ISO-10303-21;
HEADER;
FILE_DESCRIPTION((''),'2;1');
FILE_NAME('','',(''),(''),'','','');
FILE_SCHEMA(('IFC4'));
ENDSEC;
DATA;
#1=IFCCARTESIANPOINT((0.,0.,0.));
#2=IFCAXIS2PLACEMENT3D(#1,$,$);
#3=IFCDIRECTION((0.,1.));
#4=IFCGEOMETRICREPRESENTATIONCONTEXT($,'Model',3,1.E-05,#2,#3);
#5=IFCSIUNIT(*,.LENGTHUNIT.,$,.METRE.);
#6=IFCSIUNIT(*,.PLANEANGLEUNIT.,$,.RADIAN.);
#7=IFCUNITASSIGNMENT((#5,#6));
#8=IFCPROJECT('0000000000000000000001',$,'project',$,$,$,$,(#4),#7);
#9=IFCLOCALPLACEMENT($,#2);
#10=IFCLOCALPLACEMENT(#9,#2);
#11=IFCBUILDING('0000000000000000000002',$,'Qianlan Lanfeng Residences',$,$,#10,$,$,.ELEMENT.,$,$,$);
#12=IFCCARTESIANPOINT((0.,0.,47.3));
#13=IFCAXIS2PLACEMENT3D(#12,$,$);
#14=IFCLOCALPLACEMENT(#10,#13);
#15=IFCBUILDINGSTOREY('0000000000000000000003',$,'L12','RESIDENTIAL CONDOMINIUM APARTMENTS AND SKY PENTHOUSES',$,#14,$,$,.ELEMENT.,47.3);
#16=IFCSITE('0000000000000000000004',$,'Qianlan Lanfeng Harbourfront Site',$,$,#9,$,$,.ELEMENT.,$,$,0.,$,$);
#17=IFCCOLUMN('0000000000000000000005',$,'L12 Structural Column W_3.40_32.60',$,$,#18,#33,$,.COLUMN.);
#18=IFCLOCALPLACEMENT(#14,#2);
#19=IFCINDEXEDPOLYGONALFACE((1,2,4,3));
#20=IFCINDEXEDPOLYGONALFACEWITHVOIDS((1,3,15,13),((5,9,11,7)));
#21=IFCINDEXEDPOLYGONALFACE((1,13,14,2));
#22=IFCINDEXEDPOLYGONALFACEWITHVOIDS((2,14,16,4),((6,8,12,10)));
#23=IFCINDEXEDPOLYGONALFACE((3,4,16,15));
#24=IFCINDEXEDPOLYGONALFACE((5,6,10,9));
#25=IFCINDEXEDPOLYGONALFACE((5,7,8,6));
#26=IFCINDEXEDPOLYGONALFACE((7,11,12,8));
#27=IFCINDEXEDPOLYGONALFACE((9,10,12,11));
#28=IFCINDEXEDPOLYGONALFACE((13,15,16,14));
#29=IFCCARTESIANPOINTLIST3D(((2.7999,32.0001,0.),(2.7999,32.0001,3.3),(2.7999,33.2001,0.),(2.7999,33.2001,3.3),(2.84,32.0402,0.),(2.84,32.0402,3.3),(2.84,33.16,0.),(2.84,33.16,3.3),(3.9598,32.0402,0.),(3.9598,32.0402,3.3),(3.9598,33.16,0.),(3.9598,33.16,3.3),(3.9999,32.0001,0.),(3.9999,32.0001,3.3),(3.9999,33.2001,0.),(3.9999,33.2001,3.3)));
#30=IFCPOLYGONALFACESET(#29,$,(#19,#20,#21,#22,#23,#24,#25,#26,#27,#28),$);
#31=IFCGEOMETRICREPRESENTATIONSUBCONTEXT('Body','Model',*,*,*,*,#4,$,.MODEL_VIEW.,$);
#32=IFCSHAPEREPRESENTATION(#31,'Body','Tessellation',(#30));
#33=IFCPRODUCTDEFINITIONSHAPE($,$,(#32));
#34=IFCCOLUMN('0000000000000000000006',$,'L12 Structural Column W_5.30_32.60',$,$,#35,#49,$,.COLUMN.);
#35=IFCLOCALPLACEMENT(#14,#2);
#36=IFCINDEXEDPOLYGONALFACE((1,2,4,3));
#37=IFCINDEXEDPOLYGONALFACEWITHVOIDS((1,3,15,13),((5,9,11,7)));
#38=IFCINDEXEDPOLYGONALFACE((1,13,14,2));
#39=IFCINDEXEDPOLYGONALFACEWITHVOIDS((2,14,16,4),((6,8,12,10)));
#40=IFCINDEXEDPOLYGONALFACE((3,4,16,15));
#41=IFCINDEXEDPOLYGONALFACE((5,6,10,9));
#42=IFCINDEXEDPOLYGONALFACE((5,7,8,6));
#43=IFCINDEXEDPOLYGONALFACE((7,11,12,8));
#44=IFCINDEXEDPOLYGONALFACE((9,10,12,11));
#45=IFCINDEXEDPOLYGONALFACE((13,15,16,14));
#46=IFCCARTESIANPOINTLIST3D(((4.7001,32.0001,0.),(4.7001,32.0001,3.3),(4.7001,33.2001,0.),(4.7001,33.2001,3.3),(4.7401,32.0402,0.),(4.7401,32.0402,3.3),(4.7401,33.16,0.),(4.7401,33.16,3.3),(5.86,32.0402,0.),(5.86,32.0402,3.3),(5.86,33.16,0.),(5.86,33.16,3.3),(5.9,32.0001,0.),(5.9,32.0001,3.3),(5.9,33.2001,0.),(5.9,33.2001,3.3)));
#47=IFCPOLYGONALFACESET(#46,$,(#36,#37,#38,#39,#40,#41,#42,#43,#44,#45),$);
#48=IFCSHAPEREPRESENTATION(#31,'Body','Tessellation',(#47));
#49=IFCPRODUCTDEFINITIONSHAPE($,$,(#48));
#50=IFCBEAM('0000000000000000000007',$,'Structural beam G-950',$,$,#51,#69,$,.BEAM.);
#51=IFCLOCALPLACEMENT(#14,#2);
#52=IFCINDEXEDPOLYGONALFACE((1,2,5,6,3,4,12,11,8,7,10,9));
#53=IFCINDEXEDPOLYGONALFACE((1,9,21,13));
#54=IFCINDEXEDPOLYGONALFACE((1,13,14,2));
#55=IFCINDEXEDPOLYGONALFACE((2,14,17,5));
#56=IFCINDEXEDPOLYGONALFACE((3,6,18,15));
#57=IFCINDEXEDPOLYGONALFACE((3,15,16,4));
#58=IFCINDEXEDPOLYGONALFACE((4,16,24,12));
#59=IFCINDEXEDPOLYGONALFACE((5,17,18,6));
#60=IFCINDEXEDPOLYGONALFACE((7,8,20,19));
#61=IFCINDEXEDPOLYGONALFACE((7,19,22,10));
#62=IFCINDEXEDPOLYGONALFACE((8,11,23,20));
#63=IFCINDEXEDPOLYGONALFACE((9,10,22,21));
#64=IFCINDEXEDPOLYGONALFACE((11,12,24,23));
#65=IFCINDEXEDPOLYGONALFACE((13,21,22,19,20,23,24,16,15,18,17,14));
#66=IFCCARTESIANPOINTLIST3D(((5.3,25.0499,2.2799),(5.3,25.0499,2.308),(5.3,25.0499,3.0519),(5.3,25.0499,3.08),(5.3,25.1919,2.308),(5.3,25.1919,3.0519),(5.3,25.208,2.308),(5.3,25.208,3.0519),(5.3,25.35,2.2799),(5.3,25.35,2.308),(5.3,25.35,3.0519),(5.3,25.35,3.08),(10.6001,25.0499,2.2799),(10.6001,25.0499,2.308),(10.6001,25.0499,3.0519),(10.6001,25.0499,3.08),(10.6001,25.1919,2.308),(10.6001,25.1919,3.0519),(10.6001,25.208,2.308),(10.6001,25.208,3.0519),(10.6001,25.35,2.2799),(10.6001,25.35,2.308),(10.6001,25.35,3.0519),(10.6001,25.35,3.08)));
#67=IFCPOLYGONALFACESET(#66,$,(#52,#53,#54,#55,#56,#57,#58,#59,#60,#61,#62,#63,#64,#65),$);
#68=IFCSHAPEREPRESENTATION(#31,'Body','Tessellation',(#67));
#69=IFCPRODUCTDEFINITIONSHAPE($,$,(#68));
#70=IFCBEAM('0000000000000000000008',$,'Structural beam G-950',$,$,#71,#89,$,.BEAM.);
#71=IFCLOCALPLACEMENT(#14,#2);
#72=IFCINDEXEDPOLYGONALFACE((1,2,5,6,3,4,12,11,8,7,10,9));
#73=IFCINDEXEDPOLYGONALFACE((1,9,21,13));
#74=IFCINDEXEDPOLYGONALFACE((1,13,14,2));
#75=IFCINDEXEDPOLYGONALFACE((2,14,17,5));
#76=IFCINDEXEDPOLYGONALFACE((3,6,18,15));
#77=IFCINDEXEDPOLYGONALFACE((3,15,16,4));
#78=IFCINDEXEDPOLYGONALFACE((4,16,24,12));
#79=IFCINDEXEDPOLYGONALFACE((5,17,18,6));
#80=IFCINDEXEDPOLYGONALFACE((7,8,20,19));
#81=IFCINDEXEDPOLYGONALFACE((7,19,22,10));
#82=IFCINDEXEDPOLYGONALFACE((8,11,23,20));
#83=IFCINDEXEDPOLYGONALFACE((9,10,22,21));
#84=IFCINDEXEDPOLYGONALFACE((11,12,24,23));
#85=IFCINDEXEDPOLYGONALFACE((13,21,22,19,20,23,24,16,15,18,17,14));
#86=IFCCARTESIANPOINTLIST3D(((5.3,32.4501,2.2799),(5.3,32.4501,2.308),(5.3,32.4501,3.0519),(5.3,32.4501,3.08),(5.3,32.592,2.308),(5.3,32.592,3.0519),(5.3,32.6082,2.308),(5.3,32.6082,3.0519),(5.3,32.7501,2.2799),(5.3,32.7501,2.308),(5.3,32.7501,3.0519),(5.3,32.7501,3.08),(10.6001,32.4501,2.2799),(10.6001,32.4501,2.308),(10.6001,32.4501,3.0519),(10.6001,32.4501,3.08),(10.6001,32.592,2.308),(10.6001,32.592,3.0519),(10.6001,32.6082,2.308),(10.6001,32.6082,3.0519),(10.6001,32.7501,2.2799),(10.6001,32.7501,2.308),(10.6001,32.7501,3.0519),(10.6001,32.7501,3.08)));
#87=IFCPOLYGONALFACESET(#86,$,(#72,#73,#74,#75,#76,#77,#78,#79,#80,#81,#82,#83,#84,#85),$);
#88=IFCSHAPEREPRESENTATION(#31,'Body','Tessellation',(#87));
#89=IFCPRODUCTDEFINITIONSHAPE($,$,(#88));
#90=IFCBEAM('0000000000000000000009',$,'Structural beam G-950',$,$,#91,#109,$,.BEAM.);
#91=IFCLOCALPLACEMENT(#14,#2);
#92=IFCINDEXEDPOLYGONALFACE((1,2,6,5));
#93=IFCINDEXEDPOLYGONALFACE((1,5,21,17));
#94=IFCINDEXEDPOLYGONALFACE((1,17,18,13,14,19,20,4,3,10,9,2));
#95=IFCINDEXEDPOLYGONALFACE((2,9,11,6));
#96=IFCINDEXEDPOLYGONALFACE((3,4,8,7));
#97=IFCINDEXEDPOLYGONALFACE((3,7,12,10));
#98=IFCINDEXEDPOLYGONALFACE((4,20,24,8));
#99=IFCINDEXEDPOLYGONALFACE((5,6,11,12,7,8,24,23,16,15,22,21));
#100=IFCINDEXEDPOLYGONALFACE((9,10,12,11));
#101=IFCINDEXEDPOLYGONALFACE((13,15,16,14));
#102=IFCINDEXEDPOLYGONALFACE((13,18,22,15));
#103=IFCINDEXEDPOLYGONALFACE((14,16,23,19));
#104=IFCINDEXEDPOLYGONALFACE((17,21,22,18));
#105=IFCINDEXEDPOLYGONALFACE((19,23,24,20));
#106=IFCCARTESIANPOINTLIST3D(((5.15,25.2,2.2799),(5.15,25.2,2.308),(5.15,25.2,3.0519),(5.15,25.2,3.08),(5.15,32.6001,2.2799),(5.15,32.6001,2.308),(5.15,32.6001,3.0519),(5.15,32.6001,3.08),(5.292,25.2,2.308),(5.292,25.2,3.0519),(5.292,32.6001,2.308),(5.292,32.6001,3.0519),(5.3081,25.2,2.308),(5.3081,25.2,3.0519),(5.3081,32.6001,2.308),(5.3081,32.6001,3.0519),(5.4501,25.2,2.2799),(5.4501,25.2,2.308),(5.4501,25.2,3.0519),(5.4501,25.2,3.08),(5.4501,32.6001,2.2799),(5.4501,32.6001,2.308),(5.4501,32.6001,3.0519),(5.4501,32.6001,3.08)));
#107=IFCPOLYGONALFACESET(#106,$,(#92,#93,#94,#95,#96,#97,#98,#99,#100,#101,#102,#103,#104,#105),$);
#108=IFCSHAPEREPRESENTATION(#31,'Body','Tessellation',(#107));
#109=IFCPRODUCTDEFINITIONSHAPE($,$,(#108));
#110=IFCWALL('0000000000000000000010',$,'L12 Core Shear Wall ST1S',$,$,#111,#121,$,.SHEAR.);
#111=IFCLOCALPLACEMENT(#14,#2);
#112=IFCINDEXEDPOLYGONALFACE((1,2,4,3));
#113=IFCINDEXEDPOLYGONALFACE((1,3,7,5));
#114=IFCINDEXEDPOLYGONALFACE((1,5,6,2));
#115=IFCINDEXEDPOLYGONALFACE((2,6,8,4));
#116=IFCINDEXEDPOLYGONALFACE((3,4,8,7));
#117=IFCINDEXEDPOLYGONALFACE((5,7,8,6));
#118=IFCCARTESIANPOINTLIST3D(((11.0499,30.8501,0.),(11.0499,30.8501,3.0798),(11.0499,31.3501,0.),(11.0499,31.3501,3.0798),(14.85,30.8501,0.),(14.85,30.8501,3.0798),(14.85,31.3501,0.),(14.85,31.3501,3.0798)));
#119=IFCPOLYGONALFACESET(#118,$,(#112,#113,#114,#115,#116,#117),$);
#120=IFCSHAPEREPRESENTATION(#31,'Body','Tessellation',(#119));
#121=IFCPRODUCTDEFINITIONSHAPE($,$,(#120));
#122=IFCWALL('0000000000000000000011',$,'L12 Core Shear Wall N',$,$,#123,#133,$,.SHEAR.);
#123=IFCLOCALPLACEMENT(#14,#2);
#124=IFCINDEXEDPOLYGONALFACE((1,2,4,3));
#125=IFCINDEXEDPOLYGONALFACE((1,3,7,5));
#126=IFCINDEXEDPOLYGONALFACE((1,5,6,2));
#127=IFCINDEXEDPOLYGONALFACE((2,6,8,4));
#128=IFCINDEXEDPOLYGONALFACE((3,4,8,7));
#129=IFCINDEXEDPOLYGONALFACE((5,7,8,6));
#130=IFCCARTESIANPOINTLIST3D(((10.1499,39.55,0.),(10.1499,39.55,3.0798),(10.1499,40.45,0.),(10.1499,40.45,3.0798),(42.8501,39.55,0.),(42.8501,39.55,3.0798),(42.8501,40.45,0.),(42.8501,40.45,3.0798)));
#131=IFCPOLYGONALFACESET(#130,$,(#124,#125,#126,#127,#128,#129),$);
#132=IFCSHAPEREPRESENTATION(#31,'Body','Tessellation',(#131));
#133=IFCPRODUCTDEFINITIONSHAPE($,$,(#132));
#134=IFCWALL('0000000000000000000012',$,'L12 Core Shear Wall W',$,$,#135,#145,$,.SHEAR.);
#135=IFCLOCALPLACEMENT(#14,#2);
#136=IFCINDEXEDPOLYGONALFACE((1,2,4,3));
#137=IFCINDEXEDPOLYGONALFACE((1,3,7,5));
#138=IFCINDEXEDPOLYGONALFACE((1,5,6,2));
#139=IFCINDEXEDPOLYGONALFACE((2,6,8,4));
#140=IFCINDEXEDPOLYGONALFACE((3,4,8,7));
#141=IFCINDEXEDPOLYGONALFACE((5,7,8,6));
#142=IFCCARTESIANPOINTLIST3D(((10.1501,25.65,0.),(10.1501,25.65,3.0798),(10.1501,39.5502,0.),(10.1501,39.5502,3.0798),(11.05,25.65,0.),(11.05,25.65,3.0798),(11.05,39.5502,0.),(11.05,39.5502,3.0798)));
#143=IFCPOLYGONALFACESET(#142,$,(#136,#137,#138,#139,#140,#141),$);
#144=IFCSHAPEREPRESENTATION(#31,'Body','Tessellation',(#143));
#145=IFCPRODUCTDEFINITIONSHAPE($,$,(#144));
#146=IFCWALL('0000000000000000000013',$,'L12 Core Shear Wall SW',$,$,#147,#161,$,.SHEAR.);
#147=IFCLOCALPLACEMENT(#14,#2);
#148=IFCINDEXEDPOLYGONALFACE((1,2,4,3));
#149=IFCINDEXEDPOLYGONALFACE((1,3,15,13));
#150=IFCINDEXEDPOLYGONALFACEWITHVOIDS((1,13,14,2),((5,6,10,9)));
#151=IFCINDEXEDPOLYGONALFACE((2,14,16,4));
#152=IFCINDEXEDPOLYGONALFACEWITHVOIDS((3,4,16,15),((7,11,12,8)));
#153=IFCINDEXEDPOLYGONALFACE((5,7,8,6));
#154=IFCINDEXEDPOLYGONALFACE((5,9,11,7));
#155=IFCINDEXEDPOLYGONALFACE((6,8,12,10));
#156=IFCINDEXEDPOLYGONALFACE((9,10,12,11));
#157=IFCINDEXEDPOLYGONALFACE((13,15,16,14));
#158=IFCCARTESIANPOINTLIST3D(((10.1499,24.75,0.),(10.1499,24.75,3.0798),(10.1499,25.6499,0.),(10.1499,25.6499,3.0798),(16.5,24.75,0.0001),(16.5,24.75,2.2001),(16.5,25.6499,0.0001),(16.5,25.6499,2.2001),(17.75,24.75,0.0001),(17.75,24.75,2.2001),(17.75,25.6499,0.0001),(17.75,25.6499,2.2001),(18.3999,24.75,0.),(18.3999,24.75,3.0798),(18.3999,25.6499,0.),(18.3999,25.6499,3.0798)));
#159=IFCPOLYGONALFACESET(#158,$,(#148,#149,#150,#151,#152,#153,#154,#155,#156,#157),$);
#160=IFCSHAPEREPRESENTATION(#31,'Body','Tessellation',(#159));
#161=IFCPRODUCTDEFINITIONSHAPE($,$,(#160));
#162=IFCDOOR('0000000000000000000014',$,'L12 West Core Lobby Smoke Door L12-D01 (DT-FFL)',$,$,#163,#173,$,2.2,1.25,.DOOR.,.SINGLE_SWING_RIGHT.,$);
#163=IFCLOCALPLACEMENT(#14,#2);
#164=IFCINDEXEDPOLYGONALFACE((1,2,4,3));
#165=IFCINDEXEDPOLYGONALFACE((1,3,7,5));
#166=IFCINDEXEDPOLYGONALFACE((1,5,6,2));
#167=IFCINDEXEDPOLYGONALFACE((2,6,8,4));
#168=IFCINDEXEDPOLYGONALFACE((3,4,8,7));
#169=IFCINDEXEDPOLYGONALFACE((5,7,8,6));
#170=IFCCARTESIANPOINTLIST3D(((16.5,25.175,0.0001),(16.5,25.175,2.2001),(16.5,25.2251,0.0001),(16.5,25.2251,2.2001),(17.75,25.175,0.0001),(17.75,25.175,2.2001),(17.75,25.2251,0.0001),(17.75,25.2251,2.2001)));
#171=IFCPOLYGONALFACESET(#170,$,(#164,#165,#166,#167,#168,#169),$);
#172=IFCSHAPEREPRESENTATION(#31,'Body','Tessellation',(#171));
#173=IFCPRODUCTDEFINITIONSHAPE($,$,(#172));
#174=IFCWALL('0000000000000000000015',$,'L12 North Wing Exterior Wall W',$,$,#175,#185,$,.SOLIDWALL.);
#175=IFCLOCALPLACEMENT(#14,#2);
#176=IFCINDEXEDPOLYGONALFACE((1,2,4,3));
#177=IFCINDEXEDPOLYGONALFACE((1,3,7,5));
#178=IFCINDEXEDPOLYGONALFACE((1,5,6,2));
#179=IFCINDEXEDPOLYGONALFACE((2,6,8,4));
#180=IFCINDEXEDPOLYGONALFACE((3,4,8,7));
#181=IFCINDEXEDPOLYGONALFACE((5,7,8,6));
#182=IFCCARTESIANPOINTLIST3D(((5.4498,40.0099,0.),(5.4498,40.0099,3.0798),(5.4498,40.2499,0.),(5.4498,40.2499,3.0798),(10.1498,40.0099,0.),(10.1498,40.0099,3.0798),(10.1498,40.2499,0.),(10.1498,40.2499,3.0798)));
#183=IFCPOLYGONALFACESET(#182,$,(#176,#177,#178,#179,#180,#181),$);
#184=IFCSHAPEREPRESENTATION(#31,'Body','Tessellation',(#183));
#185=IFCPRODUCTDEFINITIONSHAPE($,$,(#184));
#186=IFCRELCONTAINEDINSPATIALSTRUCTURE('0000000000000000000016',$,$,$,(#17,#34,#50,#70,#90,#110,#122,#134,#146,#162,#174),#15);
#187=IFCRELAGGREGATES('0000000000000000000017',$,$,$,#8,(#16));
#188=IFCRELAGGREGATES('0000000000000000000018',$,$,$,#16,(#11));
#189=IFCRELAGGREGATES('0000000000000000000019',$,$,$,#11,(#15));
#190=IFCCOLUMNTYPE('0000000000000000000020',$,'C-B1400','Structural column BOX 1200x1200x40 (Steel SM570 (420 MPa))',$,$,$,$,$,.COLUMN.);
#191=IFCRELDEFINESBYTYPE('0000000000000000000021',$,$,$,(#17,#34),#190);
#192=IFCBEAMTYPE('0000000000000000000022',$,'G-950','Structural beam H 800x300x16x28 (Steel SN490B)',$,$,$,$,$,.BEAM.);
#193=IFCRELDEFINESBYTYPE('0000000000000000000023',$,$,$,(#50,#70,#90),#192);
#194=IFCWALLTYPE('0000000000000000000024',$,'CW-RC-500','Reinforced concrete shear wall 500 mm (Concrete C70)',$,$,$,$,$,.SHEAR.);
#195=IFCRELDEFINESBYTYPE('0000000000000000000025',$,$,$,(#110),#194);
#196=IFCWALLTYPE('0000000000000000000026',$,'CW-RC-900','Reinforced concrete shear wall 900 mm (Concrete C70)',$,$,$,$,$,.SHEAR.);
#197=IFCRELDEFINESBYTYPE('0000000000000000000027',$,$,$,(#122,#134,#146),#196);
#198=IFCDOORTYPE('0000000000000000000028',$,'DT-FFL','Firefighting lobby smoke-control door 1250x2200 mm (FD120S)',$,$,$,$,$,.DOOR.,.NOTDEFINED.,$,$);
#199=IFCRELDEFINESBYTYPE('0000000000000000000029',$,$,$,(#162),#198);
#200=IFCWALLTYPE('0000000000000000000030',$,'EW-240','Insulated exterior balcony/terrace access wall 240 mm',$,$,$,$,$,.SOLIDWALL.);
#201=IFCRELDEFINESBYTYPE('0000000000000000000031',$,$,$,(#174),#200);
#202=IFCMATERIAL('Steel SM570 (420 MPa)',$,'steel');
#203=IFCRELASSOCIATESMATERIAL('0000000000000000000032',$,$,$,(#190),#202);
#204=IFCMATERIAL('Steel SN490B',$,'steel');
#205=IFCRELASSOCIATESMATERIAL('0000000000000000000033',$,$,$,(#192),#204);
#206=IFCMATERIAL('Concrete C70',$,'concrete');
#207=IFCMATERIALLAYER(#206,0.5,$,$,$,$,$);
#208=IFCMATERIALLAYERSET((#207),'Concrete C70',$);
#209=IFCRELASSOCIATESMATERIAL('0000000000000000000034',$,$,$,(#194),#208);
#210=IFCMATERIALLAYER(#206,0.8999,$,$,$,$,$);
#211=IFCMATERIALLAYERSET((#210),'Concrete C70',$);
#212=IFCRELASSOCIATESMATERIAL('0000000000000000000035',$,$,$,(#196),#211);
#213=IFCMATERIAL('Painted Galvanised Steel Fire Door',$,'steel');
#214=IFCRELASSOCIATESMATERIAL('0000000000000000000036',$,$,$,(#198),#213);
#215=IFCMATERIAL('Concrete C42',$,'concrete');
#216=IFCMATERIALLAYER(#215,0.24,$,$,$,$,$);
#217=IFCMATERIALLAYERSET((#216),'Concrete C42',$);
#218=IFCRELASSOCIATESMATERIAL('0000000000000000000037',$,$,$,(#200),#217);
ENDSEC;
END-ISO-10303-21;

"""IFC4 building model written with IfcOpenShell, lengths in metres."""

from ifc_helpers import new_model, si_unit, direction, frame, frame_2d, origin, origin_2d, place, context, subcontext, project, spatial, rectangle, hollow_rectangle, i_section, extrude, material, layer, layer_set, material_profile, profile_set, type_object, element, fill, save


model = new_model("IFC4")

# Units and contexts
model_context = context("Model", 3, precision=1e-05, world=origin(), true_north=direction((0.0, 1.0)))
body_context = subcontext(model_context, "Body", "Model", "MODEL_VIEW")
ifc_project = project(units=[si_unit("LENGTHUNIT", "METRE"), si_unit("PLANEANGLEUNIT", "RADIAN")], contexts=[model_context])

# Site, building, storey
site_placement = place(None, origin())
site = spatial("IfcSite", under=ifc_project, at=site_placement, Name="Qianlan Lanfeng Harbourfront Site", CompositionType="ELEMENT", RefElevation=0.0)
building_placement = place(site_placement, origin())
building = spatial("IfcBuilding", under=site, at=building_placement, Name="Qianlan Lanfeng Residences", CompositionType="ELEMENT")
storey_placement = place(building_placement, frame((0.0, 0.0, 47.3)))
storey = spatial("IfcBuildingStorey", under=building, at=storey_placement, Name="L12", Description="RESIDENTIAL CONDOMINIUM APARTMENTS AND SKY PENTHOUSES", CompositionType="ELEMENT", Elevation=47.3)

# Columns
ifc_material_1 = material(Name="Steel SM570 (420 MPa)", Category="steel")
ifc_material_profile_1 = material_profile(ifc_material_1, hollow_rectangle(XDim=1.2, YDim=1.2, WallThickness=0.04, at=origin_2d()), Name="BOX 1200x1200x40")
ifc_profile_set_1 = profile_set([ifc_material_profile_1], Name="Steel SM570 (420 MPa)")
column_type = type_object("IfcColumnType", Name="C-B1400", Description="Structural column BOX 1200x1200x40 (Steel SM570 (420 MPa))", PredefinedType="COLUMN", material=ifc_profile_set_1)
for number, where, z_axis, x_axis, name in (
    (1, (3.3999, 32.6001, 0.0), (0.0, 0.0, 1.0), (1.0, 0.0, 0.0), "L12 Structural Column W_3.40_32.60"),
    (2, (5.3, 32.6001, 0.0), (0.0, 0.0, 1.0), (1.0, 0.0, 0.0), "L12 Structural Column W_5.30_32.60"),
):
    element("IfcColumn", number, at=place(storey_placement, frame(where, z_axis=z_axis, x_axis=x_axis)), inside=storey, type_object=column_type, Name=name, PredefinedType="COLUMN", context=body_context, shape_type="SweptSolid", body=[
        extrude(hollow_rectangle(XDim=1.2, YDim=1.2, WallThickness=0.04, at=origin_2d()), origin(), (0.0, 0.0, 1.0), 3.3),
    ])

# Beams
ifc_material_2 = material(Name="Steel SN490B", Category="steel")
ifc_material_profile_2 = material_profile(ifc_material_2, i_section(OverallWidth=0.3, OverallDepth=0.8, WebThickness=0.0161, FlangeThickness=0.0281, at=origin_2d()), Name="H 800x300x16x28")
ifc_profile_set_2 = profile_set([ifc_material_profile_2], Name="Steel SN490B")
beam_type = type_object("IfcBeamType", Name="G-950", Description="Structural beam H 800x300x16x28 (Steel SN490B)", PredefinedType="BEAM", material=ifc_profile_set_2)
for number, where, z_axis, x_axis, name in (
    (3, (5.3, 25.2, 2.6799), (1.0, 0.0, 0.0), (0.0, 1.0, 0.0), "Structural beam G-950"),
    (4, (5.3, 32.6001, 2.6799), (1.0, 0.0, 0.0), (0.0, 1.0, 0.0), "Structural beam G-950"),
):
    element("IfcBeam", number, at=place(storey_placement, frame(where, z_axis=z_axis, x_axis=x_axis)), inside=storey, type_object=beam_type, Name=name, PredefinedType="BEAM", context=body_context, shape_type="SweptSolid", body=[
        extrude(i_section(OverallWidth=0.3, OverallDepth=0.8, WebThickness=0.0161, FlangeThickness=0.0281, at=origin_2d()), origin(), (0.0, 0.0, 1.0), 5.3),
    ])
beam_placement = place(storey_placement, frame((5.3, 25.2, 2.6799), z_axis=(0.0, 1.0, 0.0), x_axis=(-1.0, 0.0, 0.0)))
element("IfcBeam", 5, at=beam_placement, inside=storey, type_object=beam_type, Name="Structural beam G-950", PredefinedType="BEAM", context=body_context, shape_type="SweptSolid", body=[
    extrude(i_section(OverallWidth=0.3, OverallDepth=0.8, WebThickness=0.0161, FlangeThickness=0.0281, at=origin_2d()), origin(), (0.0, 0.0, 1.0), 7.4001),
])

# Walls
ifc_material_3 = material(Name="Concrete C70", Category="concrete")
ifc_layer_1 = layer(ifc_material_3, 0.5)
ifc_layer_set_1 = layer_set([ifc_layer_1], Name="Concrete C70")
wall_type_1 = type_object("IfcWallType", Name="CW-RC-500", Description="Reinforced concrete shear wall 500 mm (Concrete C70)", PredefinedType="SHEAR", material=ifc_layer_set_1)
wall_1_placement = place(storey_placement, frame((11.05, 31.1001, 0.0), z_axis=(0.0, 0.0, 1.0), x_axis=(1.0, 0.0, 0.0)))
element("IfcWall", 6, at=wall_1_placement, inside=storey, type_object=wall_type_1, Name="L12 Core Shear Wall ST1S", PredefinedType="SHEAR", context=body_context, shape_type="SweptSolid", body=[
    extrude(rectangle(XDim=3.8, YDim=0.5, at=frame_2d((1.8999, 0.0))), origin(), (0.0, 0.0, 1.0), 3.0798),
])
ifc_layer_2 = layer(ifc_material_3, 0.8999)
ifc_layer_set_2 = layer_set([ifc_layer_2], Name="Concrete C70")
wall_type_2 = type_object("IfcWallType", Name="CW-RC-900", Description="Reinforced concrete shear wall 900 mm (Concrete C70)", PredefinedType="SHEAR", material=ifc_layer_set_2)
wall_2_placement = place(storey_placement, frame((10.1499, 40.0, 0.0), z_axis=(0.0, 0.0, 1.0), x_axis=(1.0, 0.0, 0.0)))
element("IfcWall", 7, at=wall_2_placement, inside=storey, type_object=wall_type_2, Name="L12 Core Shear Wall N", PredefinedType="SHEAR", context=body_context, shape_type="SweptSolid", body=[
    extrude(rectangle(XDim=32.7002, YDim=0.8999, at=frame_2d((16.3501, 0.0))), origin(), (0.0, 0.0, 1.0), 3.0798),
])
wall_3_placement = place(storey_placement, frame((10.6001, 25.6499, 0.0), z_axis=(0.0, 0.0, 1.0), x_axis=(0.0, 1.0, 0.0)))
element("IfcWall", 8, at=wall_3_placement, inside=storey, type_object=wall_type_2, Name="L12 Core Shear Wall W", PredefinedType="SHEAR", context=body_context, shape_type="SweptSolid", body=[
    extrude(rectangle(XDim=13.9001, YDim=0.8999, at=frame_2d((6.9502, 0.0))), origin(), (0.0, 0.0, 1.0), 3.0798),
])

# Wall, opening, door
wall_4_placement = place(storey_placement, frame((10.1499, 25.2, 0.0), z_axis=(0.0, 0.0, 1.0), x_axis=(1.0, 0.0, 0.0)))
wall_4 = element("IfcWall", 9, at=wall_4_placement, inside=storey, type_object=wall_type_2, Name="L12 Core Shear Wall SW", PredefinedType="SHEAR", context=body_context, shape_type="SweptSolid", body=[
    extrude(rectangle(XDim=8.25, YDim=0.8999, at=frame_2d((4.125, 0.0))), origin(), (0.0, 0.0, 1.0), 3.0798),
])
opening_1_placement = place(wall_4_placement, frame((6.3501, 0.0, 0.0)))
opening_1 = element("IfcOpeningElement", 10, at=opening_1_placement, cuts=wall_4, PredefinedType="OPENING", context=body_context, shape_type="SweptSolid", body=[
    extrude(rectangle(XDim=1.25, YDim=2.2, at=frame_2d((0.625, 1.1001))), frame((0.0, 0.46, 0.0), z_axis=(0.0, -1.0, 0.0), x_axis=(1.0, 0.0, 0.0)), (0.0, 0.0, 1.0), 0.9199),
])
ifc_material_4 = material(Name="Painted Galvanised Steel Fire Door", Category="steel")
door_type_1 = type_object("IfcDoorType", Name="DT-FFL", Description="Firefighting lobby smoke-control door 1250x2200 mm (FD120S)", OperationType="NOTDEFINED", PredefinedType="DOOR", material=ifc_material_4)
door_1_placement = place(opening_1_placement, frame((1.25, 0.0, 0.0), z_axis=(0.0, 0.0, 1.0), x_axis=(-1.0, 0.0, 0.0)))
door_1 = element("IfcDoor", 11, at=door_1_placement, inside=storey, type_object=door_type_1, Name="L12 West Core Lobby Smoke Door L12-D01 (DT-FFL)", OperationType="SINGLE_SWING_RIGHT", OverallHeight=2.2, OverallWidth=1.25, PredefinedType="DOOR", context=body_context, shape_type="SweptSolid", body=[
    extrude(rectangle(XDim=1.25, YDim=2.2, at=frame_2d((0.625, 1.1001))), frame((0.0, 0.0249, 0.0), z_axis=(0.0, -1.0, 0.0), x_axis=(1.0, 0.0, 0.0)), (0.0, 0.0, 1.0), 0.05),
])
fill(opening_1, door_1)

# Wall
ifc_material_5 = material(Name="Concrete C42", Category="concrete")
ifc_layer_3 = layer(ifc_material_5, 0.24)
ifc_layer_set_3 = layer_set([ifc_layer_3], Name="Concrete C42")
wall_type_3 = type_object("IfcWallType", Name="EW-240", Description="Insulated exterior balcony/terrace access wall 240 mm", PredefinedType="SOLIDWALL", material=ifc_layer_set_3)
wall_5_placement = place(storey_placement, frame((10.1499, 40.1299, 0.0), z_axis=(0.0, 0.0, 1.0), x_axis=(-1.0, 0.0, 0.0)))
element("IfcWall", 12, at=wall_5_placement, inside=storey, type_object=wall_type_3, Name="L12 North Wing Exterior Wall W", PredefinedType="SOLIDWALL", context=body_context, shape_type="SweptSolid", body=[
    extrude(rectangle(XDim=4.7, YDim=0.24, at=frame_2d((2.3501, 0.0))), origin(), (0.0, 0.0, 1.0), 3.0798),
])

save(model, "model.ifc")
